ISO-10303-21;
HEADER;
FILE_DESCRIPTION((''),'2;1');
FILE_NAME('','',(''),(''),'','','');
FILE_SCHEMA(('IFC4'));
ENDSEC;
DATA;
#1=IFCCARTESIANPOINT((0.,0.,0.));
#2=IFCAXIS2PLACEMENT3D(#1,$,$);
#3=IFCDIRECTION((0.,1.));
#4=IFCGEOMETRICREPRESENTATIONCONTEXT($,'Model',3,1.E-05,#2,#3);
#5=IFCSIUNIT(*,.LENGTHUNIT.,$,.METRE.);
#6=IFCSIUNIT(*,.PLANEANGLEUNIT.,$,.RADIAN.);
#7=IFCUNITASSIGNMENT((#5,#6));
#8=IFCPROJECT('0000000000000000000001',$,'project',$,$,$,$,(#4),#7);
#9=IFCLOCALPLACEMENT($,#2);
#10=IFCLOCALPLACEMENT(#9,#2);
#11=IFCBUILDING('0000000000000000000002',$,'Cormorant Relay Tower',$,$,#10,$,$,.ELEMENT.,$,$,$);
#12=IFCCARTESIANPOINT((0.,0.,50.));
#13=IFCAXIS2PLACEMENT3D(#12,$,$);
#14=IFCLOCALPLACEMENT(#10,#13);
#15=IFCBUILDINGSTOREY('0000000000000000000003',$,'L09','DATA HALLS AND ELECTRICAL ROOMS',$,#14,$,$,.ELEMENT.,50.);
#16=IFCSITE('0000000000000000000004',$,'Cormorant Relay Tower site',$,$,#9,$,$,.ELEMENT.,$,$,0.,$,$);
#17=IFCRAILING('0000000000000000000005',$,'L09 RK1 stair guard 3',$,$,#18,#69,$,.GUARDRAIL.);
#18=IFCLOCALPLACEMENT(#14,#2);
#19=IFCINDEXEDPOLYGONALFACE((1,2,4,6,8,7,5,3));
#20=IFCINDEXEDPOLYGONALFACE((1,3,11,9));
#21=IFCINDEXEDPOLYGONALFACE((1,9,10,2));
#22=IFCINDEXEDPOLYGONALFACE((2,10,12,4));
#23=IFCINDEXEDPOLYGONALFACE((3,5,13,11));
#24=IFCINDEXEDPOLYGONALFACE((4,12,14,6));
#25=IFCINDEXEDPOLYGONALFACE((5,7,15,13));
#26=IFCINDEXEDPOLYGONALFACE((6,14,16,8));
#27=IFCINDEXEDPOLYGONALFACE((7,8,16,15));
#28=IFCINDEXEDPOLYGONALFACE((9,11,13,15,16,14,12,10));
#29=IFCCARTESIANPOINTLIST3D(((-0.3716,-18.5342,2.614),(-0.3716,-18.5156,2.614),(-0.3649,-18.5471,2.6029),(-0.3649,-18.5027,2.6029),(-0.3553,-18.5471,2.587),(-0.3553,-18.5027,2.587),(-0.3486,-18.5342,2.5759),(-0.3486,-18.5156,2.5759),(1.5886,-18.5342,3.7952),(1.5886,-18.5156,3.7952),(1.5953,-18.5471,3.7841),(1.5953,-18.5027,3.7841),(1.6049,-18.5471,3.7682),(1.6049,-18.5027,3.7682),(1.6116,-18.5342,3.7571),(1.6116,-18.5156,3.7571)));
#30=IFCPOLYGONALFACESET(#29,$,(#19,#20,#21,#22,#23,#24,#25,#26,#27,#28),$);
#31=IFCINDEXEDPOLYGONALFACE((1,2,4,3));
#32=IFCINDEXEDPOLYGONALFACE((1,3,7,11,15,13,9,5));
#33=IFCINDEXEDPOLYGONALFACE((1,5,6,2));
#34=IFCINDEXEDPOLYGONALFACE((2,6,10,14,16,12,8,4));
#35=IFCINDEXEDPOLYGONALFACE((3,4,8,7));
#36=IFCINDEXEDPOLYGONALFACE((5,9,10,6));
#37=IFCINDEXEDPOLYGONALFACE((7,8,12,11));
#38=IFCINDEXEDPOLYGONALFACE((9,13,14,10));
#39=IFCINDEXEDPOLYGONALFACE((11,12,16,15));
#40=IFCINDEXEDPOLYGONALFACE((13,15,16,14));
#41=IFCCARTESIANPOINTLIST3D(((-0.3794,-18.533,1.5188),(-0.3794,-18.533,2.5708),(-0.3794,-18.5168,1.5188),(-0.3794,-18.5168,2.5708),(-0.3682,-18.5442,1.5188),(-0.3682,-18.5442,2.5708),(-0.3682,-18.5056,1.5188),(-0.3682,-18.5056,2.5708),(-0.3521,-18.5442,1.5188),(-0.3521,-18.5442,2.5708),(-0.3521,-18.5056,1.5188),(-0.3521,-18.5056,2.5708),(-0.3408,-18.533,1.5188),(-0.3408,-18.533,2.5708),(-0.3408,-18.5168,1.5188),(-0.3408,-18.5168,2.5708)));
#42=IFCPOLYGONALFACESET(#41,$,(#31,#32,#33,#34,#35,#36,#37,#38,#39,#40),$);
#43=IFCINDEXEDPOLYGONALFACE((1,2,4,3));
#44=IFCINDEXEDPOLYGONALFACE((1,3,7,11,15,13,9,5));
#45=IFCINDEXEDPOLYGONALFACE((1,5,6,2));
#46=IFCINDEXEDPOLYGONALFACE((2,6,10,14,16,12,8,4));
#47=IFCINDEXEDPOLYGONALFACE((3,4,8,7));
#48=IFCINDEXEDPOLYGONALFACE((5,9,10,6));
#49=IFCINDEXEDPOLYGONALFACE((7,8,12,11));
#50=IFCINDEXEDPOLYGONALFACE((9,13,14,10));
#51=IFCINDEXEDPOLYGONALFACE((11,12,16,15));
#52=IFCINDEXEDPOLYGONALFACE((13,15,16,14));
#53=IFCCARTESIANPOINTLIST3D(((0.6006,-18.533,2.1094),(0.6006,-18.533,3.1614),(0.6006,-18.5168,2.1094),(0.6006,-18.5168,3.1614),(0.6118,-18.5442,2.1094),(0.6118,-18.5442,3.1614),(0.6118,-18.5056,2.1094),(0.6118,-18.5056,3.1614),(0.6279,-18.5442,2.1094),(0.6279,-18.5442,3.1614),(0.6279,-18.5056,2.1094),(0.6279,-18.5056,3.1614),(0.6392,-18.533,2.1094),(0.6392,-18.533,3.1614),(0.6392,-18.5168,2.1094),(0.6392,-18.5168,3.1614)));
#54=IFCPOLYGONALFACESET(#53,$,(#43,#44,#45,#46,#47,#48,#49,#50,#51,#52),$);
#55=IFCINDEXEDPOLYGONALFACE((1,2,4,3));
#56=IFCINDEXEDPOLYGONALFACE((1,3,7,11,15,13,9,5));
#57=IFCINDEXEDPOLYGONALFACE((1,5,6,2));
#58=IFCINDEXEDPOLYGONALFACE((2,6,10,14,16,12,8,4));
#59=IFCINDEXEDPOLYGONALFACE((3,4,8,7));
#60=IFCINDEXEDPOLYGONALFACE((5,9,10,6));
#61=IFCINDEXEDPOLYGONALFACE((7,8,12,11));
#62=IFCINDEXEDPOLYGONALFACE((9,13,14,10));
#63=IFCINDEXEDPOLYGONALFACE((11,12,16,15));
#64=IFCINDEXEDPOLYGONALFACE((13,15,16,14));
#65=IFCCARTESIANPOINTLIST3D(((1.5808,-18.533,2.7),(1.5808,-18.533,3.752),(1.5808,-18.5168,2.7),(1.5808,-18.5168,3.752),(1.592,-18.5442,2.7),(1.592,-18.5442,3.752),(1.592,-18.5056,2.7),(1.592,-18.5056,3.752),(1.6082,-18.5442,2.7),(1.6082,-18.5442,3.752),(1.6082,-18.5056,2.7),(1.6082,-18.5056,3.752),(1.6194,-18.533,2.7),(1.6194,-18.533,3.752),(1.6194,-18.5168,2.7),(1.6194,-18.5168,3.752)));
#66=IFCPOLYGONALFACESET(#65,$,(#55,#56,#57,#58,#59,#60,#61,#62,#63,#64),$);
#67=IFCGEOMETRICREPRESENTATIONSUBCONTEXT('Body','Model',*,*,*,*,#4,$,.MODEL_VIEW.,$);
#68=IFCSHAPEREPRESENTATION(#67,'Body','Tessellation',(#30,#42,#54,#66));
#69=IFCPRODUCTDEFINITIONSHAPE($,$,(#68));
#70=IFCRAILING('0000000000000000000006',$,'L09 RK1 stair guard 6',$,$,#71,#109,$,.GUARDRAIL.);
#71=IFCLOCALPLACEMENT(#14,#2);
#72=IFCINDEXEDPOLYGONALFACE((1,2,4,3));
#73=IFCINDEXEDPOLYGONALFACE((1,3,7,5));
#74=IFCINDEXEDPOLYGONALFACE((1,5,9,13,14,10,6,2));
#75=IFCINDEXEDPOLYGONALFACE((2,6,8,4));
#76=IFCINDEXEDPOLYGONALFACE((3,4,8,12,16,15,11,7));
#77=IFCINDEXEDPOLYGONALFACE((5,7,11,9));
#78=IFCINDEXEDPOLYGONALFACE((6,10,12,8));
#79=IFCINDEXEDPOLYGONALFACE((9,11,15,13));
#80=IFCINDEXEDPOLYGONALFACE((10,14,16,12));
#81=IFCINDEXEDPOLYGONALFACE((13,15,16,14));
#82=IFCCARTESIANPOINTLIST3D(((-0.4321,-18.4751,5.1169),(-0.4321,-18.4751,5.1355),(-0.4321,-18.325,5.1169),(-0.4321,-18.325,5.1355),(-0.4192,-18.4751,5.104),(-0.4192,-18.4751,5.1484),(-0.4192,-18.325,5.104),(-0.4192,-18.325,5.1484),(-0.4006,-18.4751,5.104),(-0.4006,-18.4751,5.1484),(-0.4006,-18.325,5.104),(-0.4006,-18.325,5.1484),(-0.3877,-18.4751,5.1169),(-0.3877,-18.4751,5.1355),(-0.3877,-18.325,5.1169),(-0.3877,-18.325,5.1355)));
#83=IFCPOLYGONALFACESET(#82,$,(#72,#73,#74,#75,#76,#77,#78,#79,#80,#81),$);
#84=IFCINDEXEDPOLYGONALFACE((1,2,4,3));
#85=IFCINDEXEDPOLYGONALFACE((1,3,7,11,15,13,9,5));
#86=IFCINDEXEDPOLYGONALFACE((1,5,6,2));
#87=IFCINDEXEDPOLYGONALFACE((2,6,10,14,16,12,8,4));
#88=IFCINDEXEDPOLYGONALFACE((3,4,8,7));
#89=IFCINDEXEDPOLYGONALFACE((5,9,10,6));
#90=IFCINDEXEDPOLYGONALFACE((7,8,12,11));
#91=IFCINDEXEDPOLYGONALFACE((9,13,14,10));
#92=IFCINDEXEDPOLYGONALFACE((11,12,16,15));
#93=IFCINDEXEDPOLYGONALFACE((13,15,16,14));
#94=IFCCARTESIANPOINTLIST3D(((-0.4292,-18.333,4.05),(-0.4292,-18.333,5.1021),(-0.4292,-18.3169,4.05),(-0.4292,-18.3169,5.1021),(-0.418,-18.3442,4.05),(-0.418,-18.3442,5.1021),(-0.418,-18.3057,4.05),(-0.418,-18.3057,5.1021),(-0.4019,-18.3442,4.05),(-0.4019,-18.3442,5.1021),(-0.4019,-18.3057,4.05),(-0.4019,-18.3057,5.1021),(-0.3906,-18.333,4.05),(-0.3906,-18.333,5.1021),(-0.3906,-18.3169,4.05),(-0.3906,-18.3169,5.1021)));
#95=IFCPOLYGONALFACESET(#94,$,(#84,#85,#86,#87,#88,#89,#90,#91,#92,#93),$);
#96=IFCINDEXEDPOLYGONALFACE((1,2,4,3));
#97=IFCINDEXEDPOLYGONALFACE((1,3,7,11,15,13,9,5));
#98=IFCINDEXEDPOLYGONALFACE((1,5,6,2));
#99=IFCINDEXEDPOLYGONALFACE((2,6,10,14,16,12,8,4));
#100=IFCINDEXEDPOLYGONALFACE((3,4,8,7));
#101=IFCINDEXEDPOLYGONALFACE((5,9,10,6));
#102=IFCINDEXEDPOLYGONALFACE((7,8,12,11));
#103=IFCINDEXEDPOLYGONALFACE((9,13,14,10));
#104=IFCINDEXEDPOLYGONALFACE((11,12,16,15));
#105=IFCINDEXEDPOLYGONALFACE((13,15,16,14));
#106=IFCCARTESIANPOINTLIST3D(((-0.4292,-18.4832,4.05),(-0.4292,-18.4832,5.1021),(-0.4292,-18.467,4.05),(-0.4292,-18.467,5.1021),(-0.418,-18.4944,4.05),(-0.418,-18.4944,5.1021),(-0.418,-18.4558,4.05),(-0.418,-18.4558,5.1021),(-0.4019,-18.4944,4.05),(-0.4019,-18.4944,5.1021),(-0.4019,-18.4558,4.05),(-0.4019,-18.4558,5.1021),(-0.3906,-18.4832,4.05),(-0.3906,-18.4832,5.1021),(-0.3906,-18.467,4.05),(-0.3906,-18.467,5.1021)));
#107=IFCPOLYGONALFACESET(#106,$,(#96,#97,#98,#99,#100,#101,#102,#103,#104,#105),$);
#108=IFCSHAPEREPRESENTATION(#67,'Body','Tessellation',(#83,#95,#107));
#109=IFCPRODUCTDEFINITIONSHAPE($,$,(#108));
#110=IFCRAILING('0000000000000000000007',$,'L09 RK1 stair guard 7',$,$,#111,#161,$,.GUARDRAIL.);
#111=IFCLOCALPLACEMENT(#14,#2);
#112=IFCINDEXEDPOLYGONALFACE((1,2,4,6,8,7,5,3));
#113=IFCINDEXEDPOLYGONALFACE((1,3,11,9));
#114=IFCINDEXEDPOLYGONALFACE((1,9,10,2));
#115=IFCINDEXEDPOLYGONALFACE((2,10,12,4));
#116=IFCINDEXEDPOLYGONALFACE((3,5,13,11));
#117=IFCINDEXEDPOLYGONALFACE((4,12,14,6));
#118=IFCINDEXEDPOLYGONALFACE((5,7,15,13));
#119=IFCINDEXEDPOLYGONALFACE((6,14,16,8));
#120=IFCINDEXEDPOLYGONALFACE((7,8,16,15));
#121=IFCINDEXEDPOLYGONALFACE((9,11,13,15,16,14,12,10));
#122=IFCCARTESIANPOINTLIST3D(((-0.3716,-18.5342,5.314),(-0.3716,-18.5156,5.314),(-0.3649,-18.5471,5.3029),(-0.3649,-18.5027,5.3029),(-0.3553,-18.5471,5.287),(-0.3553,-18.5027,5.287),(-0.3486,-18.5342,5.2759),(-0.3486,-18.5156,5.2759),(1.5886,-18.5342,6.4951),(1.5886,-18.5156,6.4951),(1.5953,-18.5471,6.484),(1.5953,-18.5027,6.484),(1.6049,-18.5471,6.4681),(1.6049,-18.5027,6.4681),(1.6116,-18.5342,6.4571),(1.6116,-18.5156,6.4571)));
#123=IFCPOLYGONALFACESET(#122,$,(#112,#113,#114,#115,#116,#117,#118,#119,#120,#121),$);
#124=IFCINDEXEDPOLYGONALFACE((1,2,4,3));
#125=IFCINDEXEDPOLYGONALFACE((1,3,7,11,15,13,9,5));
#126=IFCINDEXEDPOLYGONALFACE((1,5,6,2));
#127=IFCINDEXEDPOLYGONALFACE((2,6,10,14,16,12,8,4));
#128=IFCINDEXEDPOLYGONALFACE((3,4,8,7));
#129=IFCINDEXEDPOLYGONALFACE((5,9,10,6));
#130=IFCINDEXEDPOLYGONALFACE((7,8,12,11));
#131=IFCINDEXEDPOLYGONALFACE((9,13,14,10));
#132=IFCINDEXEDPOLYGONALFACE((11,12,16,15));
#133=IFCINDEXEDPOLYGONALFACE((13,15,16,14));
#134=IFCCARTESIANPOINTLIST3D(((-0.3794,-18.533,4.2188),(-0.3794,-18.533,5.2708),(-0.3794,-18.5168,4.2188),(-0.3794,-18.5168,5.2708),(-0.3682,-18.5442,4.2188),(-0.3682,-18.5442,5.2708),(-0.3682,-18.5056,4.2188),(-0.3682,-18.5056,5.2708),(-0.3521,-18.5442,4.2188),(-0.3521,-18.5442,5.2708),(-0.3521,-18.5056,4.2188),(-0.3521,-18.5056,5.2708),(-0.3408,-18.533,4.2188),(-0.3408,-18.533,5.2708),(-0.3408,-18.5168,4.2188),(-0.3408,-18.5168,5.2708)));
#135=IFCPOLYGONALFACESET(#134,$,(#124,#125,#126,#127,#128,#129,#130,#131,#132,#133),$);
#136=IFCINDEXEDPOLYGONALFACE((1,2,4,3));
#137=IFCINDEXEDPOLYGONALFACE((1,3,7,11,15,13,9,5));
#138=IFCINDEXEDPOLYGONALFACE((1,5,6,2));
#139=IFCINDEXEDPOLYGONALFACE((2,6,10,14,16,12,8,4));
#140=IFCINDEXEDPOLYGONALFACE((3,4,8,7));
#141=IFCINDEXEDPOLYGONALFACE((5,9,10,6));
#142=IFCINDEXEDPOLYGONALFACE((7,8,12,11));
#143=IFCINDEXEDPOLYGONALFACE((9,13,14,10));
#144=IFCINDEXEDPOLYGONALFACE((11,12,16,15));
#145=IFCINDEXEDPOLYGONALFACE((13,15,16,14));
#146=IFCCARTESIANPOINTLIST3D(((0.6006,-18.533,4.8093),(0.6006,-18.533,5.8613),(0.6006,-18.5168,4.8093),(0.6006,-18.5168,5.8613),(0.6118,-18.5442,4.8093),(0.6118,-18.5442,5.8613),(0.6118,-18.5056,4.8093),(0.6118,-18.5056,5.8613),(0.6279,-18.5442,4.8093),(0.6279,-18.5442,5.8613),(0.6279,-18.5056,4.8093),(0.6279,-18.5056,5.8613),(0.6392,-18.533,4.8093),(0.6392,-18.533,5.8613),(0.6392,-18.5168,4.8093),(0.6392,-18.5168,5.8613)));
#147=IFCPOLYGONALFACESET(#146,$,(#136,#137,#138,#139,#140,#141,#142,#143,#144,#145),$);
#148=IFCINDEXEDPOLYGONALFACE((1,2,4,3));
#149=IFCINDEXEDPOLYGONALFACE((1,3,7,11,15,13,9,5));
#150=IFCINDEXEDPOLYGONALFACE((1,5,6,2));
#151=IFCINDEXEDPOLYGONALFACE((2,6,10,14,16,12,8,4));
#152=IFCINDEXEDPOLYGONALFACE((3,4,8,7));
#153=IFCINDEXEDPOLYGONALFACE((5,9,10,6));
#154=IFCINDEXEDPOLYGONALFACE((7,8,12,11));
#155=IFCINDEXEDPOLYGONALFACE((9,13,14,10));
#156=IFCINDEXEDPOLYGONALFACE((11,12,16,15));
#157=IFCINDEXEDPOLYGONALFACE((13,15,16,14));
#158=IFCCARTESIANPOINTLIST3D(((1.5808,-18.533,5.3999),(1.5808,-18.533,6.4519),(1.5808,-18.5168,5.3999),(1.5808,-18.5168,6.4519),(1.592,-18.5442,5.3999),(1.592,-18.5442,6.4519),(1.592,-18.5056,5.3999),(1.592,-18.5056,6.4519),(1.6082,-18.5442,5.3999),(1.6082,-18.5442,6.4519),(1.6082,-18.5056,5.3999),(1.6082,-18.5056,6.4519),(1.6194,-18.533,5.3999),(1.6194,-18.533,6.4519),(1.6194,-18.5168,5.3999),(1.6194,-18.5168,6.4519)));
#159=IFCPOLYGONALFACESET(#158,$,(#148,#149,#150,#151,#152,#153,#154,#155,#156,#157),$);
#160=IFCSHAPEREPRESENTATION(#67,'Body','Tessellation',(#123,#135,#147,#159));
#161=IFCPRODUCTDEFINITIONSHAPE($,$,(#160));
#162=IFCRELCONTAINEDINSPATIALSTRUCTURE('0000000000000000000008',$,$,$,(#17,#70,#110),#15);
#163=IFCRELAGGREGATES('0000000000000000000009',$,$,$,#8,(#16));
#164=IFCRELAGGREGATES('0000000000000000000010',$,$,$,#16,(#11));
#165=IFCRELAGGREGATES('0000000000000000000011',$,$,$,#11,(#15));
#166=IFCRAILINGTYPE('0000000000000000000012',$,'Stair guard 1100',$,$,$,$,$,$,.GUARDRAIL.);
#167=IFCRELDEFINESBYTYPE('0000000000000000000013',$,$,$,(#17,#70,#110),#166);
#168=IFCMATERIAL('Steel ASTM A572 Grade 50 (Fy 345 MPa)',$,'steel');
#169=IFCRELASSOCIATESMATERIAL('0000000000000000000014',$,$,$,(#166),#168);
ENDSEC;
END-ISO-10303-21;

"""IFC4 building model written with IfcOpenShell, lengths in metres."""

from ifc_helpers import new_model, si_unit, direction, frame, origin, place, context, subcontext, project, spatial, polyline, outline, extrude, material, type_object, element, save


model = new_model("IFC4")

# Units and contexts
model_context = context("Model", 3, precision=1e-05, world=origin(), true_north=direction((0.0, 1.0)))
body_context = subcontext(model_context, "Body", "Model", "MODEL_VIEW")
ifc_project = project(units=[si_unit("LENGTHUNIT", "METRE"), si_unit("PLANEANGLEUNIT", "RADIAN")], contexts=[model_context])

# Site, building, storey
site_placement = place(None, origin())
site = spatial("IfcSite", under=ifc_project, at=site_placement, Name="Cormorant Relay Tower site", CompositionType="ELEMENT", RefElevation=0.0)
building_placement = place(site_placement, origin())
building = spatial("IfcBuilding", under=site, at=building_placement, Name="Cormorant Relay Tower", CompositionType="ELEMENT")
storey_placement = place(building_placement, frame((0.0, 0.0, 50.0)))
storey = spatial("IfcBuildingStorey", under=building, at=storey_placement, Name="L09", Description="DATA HALLS AND ELECTRICAL ROOMS", CompositionType="ELEMENT", Elevation=50.0)

# Railings
ifc_material_1 = material(Name="Steel ASTM A572 Grade 50 (Fy 345 MPa)", Category="steel")
railing_type_1 = type_object("IfcRailingType", Name="Stair guard 1100", PredefinedType="GUARDRAIL", material=ifc_material_1)
railing_1_placement = place(storey_placement, frame((-0.3601, -18.5249, 1.5188)))
element("IfcRailing", 1, at=railing_1_placement, inside=storey, type_object=railing_type_1, Name="L09 RK1 stair guard 3", PredefinedType="GUARDRAIL", context=body_context, shape_type="SweptSolid", body=[
    extrude(outline(polyline([(0.0222, 0.0093), (0.0093, 0.0222), (-0.0093, 0.0222), (-0.0222, 0.0093), (-0.0222, -0.0093), (-0.0093, -0.0222), (0.0093, -0.0222), (0.0222, -0.0093), (0.0222, 0.0093)])), frame((0.0, 0.0, 1.0762), z_axis=(0.856522, 0.0, 0.516111), x_axis=(0.0, 1.0, 0.0)), (0.0, 0.0, 1.0), 2.2886),
    extrude(outline(polyline([(0.0193, 0.0081), (0.0081, 0.0193), (-0.0081, 0.0193), (-0.0193, 0.0081), (-0.0193, -0.0081), (-0.0081, -0.0193), (0.0081, -0.0193), (0.0193, -0.0081), (0.0193, 0.0081)])), origin(), (0.0, 0.0, 1.0), 1.052),
    extrude(outline(polyline([(0.0193, 0.0081), (0.0081, 0.0193), (-0.0081, 0.0193), (-0.0193, 0.0081), (-0.0193, -0.0081), (-0.0081, -0.0193), (0.0081, -0.0193), (0.0193, -0.0081), (0.0193, 0.0081)])), frame((0.98, 0.0, 0.5906)), (0.0, 0.0, 1.0), 1.052),
    extrude(outline(polyline([(0.0193, 0.0081), (0.0081, 0.0193), (-0.0081, 0.0193), (-0.0193, 0.0081), (-0.0193, -0.0081), (-0.0081, -0.0193), (0.0081, -0.0193), (0.0193, -0.0081), (0.0193, 0.0081)])), frame((1.9602, 0.0, 1.1812)), (0.0, 0.0, 1.0), 1.052),
])
railing_2_placement = place(storey_placement, frame((-0.4099, -18.325, 4.05)))
element("IfcRailing", 2, at=railing_2_placement, inside=storey, type_object=railing_type_1, Name="L09 RK1 stair guard 6", PredefinedType="GUARDRAIL", context=body_context, shape_type="SweptSolid", body=[
    extrude(outline(polyline([(0.0222, 0.0093), (0.0093, 0.0222), (-0.0093, 0.0222), (-0.0222, 0.0093), (-0.0222, -0.0093), (-0.0093, -0.0222), (0.0093, -0.0222), (0.0222, -0.0093), (0.0222, 0.0093)])), frame((0.0, 0.0, 1.0762), z_axis=(0.0, -1.0, 0.0), x_axis=(1.0, 0.0, 0.0)), (0.0, 0.0, 1.0), 0.1501),
    extrude(outline(polyline([(0.0193, 0.0081), (0.0081, 0.0193), (-0.0081, 0.0193), (-0.0193, 0.0081), (-0.0193, -0.0081), (-0.0081, -0.0193), (0.0081, -0.0193), (0.0193, -0.0081), (0.0193, 0.0081)])), origin(), (0.0, 0.0, 1.0), 1.052),
    extrude(outline(polyline([(0.0193, 0.0081), (0.0081, 0.0193), (-0.0081, 0.0193), (-0.0193, 0.0081), (-0.0193, -0.0081), (-0.0081, -0.0193), (0.0081, -0.0193), (0.0193, -0.0081), (0.0193, 0.0081)])), frame((0.0, -0.1501, 0.0)), (0.0, 0.0, 1.0), 1.052),
])
railing_3_placement = place(storey_placement, frame((-0.3601, -18.5249, 4.2188)))
element("IfcRailing", 3, at=railing_3_placement, inside=storey, type_object=railing_type_1, Name="L09 RK1 stair guard 7", PredefinedType="GUARDRAIL", context=body_context, shape_type="SweptSolid", body=[
    extrude(outline(polyline([(0.0222, 0.0093), (0.0093, 0.0222), (-0.0093, 0.0222), (-0.0222, 0.0093), (-0.0222, -0.0093), (-0.0093, -0.0222), (0.0093, -0.0222), (0.0222, -0.0093), (0.0222, 0.0093)])), frame((0.0, 0.0, 1.0762), z_axis=(0.856522, 0.0, 0.516111), x_axis=(0.0, 1.0, 0.0)), (0.0, 0.0, 1.0), 2.2886),
    extrude(outline(polyline([(0.0193, 0.0081), (0.0081, 0.0193), (-0.0081, 0.0193), (-0.0193, 0.0081), (-0.0193, -0.0081), (-0.0081, -0.0193), (0.0081, -0.0193), (0.0193, -0.0081), (0.0193, 0.0081)])), origin(), (0.0, 0.0, 1.0), 1.052),
    extrude(outline(polyline([(0.0193, 0.0081), (0.0081, 0.0193), (-0.0081, 0.0193), (-0.0193, 0.0081), (-0.0193, -0.0081), (-0.0081, -0.0193), (0.0081, -0.0193), (0.0193, -0.0081), (0.0193, 0.0081)])), frame((0.98, 0.0, 0.5906)), (0.0, 0.0, 1.0), 1.052),
    extrude(outline(polyline([(0.0193, 0.0081), (0.0081, 0.0193), (-0.0081, 0.0193), (-0.0193, 0.0081), (-0.0193, -0.0081), (-0.0081, -0.0193), (0.0081, -0.0193), (0.0193, -0.0081), (0.0193, 0.0081)])), frame((1.9602, 0.0, 1.1812)), (0.0, 0.0, 1.0), 1.052),
])

save(model, "model.ifc")
